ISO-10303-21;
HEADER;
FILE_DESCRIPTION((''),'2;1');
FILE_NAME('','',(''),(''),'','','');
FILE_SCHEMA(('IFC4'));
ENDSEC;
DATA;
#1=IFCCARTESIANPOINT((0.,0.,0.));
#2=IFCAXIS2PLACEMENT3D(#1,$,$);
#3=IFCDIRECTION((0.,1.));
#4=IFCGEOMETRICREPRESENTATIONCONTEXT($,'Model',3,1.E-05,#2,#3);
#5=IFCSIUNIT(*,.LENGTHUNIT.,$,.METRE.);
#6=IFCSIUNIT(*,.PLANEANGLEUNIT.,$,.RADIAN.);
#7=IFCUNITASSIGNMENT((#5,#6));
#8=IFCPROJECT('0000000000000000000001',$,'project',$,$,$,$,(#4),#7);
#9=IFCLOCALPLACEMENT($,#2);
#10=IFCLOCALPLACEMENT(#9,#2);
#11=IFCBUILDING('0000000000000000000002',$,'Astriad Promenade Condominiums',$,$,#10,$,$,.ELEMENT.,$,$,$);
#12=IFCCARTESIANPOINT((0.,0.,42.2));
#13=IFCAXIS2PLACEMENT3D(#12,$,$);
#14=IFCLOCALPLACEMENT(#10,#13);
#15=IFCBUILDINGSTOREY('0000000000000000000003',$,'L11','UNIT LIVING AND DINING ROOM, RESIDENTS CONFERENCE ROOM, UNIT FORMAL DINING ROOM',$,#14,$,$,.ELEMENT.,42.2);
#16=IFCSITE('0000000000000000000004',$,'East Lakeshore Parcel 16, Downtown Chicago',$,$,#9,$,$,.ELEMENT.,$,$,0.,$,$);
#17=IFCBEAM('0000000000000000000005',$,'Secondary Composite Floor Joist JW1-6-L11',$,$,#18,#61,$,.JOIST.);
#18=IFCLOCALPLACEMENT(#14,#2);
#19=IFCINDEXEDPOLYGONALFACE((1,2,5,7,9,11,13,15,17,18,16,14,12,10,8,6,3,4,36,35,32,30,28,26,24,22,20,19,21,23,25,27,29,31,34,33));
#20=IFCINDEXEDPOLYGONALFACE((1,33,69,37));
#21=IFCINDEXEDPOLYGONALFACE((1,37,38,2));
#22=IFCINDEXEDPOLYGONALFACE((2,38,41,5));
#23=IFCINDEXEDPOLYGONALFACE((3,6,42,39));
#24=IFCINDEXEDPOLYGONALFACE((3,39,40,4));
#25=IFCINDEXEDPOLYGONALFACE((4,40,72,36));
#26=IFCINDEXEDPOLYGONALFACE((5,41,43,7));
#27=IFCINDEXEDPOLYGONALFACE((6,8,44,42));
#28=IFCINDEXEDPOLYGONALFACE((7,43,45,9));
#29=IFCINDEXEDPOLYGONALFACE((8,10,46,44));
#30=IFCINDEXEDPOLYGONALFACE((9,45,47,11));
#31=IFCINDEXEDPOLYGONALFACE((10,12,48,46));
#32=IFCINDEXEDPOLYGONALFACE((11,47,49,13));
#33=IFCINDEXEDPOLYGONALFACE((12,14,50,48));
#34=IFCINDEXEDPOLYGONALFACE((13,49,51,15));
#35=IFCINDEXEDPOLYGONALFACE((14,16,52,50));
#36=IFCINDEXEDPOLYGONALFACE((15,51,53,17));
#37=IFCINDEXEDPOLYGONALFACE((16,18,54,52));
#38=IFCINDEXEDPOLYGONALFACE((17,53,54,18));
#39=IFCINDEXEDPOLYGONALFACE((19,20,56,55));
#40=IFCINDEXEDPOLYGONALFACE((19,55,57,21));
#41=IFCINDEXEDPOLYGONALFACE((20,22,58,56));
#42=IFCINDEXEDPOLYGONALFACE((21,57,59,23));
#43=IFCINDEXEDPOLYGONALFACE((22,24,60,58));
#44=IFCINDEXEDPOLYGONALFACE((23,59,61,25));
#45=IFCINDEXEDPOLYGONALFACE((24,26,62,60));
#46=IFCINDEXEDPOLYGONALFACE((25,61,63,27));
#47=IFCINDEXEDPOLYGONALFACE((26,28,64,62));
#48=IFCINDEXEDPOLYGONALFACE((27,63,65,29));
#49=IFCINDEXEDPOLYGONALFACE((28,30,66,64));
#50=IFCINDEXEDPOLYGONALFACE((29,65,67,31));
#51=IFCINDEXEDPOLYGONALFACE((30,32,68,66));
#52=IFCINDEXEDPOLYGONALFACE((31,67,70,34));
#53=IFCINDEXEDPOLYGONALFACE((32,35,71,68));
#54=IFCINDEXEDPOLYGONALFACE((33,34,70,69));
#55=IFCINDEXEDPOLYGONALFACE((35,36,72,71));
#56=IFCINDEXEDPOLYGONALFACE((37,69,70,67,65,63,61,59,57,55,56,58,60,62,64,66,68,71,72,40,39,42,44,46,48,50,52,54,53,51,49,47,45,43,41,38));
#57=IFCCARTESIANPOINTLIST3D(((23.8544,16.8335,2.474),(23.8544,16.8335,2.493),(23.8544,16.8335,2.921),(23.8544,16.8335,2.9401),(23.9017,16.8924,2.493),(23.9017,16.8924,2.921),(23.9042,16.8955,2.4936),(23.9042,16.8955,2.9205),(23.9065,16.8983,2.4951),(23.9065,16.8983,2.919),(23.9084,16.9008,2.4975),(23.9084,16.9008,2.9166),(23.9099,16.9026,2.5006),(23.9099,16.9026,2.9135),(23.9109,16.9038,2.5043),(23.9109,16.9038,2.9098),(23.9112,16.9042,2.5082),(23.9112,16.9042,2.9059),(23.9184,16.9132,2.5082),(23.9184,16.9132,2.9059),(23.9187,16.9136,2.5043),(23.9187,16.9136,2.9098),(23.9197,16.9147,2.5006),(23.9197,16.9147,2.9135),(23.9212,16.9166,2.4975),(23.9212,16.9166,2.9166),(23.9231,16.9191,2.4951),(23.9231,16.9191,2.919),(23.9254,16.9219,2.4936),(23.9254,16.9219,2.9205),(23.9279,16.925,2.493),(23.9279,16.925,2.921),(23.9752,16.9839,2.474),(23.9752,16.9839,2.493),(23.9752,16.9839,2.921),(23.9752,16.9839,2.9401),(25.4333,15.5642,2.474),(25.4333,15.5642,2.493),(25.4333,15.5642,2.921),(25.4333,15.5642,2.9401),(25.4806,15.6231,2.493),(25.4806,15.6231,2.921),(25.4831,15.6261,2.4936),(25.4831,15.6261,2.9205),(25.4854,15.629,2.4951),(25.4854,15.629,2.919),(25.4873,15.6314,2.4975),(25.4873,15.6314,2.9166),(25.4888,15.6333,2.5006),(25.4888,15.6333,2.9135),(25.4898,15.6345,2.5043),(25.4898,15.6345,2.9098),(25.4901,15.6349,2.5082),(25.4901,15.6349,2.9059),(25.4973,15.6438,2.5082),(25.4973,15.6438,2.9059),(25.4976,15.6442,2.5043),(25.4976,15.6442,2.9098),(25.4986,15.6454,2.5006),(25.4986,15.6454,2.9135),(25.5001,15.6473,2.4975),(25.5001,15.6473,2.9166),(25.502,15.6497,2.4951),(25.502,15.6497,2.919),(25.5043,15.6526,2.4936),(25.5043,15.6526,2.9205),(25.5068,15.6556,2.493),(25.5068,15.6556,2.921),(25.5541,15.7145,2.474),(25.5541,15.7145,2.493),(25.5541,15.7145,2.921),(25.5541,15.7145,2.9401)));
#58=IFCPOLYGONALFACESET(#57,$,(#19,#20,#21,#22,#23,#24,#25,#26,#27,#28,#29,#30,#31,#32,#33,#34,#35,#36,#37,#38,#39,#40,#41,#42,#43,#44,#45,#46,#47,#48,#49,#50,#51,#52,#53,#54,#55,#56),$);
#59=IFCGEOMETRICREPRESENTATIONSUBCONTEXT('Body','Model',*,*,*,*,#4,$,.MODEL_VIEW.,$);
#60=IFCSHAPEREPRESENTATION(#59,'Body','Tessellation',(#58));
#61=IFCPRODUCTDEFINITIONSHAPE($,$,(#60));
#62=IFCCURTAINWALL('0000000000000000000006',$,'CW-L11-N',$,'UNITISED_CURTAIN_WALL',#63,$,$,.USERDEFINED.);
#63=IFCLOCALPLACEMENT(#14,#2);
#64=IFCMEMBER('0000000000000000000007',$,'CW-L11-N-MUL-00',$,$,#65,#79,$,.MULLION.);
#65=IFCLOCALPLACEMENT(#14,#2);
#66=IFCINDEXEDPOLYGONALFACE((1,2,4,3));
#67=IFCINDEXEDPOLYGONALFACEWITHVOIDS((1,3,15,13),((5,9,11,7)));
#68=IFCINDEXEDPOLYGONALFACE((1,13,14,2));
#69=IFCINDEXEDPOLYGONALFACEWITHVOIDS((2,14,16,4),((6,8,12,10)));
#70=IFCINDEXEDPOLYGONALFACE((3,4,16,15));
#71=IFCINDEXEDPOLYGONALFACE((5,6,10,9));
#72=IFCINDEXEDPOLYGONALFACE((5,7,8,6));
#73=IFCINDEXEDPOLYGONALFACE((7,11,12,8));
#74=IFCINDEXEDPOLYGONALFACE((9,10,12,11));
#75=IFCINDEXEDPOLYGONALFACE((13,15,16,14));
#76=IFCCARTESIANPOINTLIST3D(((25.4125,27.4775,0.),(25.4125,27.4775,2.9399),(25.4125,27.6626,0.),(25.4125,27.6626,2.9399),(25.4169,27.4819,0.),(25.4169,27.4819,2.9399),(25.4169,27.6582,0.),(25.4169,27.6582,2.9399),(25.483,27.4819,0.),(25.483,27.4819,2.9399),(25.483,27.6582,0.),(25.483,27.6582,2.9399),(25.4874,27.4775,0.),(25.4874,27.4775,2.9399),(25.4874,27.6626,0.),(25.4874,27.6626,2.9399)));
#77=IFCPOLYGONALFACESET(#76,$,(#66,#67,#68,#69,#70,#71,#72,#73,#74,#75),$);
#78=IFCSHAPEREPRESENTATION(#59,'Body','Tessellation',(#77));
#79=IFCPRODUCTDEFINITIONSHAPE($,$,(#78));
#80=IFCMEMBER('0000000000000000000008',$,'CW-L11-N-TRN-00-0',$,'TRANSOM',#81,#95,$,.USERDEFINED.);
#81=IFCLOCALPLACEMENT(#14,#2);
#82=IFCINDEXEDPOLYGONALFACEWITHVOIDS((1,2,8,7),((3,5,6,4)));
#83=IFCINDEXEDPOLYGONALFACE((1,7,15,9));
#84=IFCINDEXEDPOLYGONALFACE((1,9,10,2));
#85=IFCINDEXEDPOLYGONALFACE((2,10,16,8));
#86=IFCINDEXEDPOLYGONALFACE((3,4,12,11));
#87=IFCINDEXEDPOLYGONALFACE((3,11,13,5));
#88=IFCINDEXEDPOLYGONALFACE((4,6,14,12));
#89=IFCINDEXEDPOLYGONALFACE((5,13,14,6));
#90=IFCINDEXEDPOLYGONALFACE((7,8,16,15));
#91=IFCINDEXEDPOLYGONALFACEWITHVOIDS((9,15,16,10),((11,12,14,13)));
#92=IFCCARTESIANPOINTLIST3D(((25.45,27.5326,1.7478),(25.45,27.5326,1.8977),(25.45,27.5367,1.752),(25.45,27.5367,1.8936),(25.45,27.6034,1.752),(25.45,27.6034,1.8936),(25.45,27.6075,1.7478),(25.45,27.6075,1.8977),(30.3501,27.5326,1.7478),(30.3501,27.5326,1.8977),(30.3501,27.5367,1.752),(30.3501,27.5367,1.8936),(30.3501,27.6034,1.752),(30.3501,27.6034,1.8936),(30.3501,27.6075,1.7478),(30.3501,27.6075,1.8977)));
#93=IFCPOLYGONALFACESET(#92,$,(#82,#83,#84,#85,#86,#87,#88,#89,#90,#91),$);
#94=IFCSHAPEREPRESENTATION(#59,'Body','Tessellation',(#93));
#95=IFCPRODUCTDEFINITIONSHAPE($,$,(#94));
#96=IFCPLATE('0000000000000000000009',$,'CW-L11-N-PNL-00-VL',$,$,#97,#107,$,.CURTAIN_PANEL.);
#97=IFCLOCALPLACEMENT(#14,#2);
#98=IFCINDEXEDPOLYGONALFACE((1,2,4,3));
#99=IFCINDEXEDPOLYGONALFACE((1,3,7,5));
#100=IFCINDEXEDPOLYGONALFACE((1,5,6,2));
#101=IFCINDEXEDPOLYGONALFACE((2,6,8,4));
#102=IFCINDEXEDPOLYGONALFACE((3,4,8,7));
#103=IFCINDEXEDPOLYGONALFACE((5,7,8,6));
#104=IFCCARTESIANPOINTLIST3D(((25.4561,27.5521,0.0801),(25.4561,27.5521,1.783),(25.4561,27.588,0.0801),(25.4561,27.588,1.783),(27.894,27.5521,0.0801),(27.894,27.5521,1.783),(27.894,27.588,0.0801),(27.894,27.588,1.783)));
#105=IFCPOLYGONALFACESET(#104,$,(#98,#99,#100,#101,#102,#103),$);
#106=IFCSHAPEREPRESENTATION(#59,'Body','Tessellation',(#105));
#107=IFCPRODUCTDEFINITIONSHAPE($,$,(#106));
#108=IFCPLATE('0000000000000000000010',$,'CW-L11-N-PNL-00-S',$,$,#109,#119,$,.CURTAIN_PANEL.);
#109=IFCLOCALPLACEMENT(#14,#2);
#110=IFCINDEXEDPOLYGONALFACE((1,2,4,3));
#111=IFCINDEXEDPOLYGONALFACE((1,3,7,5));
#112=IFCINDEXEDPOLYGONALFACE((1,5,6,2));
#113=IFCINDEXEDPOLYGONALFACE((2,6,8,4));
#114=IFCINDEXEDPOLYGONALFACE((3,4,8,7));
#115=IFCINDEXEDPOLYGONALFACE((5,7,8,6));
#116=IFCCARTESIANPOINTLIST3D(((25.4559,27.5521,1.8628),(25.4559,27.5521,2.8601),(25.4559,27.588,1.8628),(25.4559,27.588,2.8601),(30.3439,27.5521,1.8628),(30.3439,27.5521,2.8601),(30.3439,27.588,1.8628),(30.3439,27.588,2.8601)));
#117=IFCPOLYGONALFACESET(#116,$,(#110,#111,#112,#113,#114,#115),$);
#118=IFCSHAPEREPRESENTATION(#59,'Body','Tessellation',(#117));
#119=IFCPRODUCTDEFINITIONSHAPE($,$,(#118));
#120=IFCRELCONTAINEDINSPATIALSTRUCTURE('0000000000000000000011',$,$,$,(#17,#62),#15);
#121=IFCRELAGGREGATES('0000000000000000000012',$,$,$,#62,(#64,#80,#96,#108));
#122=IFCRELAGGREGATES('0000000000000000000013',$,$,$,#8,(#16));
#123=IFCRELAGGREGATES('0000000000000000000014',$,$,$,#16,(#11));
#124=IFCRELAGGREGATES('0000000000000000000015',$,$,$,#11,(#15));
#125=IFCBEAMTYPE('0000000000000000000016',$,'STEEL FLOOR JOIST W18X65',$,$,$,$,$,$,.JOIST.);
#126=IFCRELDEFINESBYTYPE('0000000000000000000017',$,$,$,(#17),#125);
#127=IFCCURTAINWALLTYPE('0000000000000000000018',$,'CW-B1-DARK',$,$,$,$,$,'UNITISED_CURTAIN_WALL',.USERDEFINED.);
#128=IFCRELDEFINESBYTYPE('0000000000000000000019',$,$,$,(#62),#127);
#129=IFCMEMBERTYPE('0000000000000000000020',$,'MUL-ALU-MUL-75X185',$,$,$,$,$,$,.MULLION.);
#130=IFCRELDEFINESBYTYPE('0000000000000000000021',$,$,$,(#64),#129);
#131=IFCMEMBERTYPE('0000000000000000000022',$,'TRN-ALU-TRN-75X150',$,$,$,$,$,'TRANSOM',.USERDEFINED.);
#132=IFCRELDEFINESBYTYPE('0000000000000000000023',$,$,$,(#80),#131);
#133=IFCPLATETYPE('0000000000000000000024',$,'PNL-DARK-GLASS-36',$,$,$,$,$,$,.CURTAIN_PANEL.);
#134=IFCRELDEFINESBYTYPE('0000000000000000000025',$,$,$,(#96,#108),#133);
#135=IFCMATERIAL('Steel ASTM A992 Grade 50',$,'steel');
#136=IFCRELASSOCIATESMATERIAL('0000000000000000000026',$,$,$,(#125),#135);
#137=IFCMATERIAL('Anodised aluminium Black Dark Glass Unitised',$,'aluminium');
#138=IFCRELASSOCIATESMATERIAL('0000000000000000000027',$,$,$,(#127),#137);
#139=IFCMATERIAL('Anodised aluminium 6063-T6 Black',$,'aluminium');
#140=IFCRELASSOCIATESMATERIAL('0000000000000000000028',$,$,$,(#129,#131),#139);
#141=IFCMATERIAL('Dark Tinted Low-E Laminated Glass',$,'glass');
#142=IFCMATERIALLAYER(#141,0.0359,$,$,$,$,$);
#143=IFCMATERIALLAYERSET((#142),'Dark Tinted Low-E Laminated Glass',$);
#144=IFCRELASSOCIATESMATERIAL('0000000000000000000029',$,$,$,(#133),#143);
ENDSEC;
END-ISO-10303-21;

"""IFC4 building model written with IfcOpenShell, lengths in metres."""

from ifc_helpers import new_model, si_unit, direction, frame, origin, origin_2d, place, context, subcontext, project, spatial, rectangle, hollow_rectangle, i_section, extrude, source, transform, mapped, material, layer, layer_set, material_profile, profile_set, type_object, type_shapes, element, aggregate, save


model = new_model("IFC4")

# Units and contexts
model_context = context("Model", 3, precision=1e-05, world=origin(), true_north=direction((0.0, 1.0)))
body_context = subcontext(model_context, "Body", "Model", "MODEL_VIEW")
ifc_project = project(units=[si_unit("LENGTHUNIT", "METRE"), si_unit("PLANEANGLEUNIT", "RADIAN")], contexts=[model_context])

# Site, building, storey
site_placement = place(None, origin())
site = spatial("IfcSite", under=ifc_project, at=site_placement, Name="East Lakeshore Parcel 16, Downtown Chicago", CompositionType="ELEMENT", RefElevation=0.0)
building_placement = place(site_placement, origin())
building = spatial("IfcBuilding", under=site, at=building_placement, Name="Astriad Promenade Condominiums", CompositionType="ELEMENT")
storey_placement = place(building_placement, frame((0.0, 0.0, 42.2)))
storey = spatial("IfcBuildingStorey", under=building, at=storey_placement, Name="L11", Description="UNIT LIVING AND DINING ROOM, RESIDENTS CONFERENCE ROOM, UNIT FORMAL DINING ROOM", CompositionType="ELEMENT", Elevation=42.2)

# Shared definitions
ifc_material_1 = material(Name="Steel ASTM A992 Grade 50", Category="steel")

# Beam
ifc_material_profile_1 = material_profile(ifc_material_1, i_section(OverallWidth=0.1929, OverallDepth=0.4661, WebThickness=0.0115, FlangeThickness=0.019, FilletRadius=0.0151, at=origin_2d()), Name="W18X65")
ifc_profile_set_1 = profile_set([ifc_material_profile_1], Name="Steel ASTM A992 Grade 50")
beam_type_1 = type_object("IfcBeamType", Name="STEEL FLOOR JOIST W18X65", PredefinedType="JOIST", material=ifc_profile_set_1)
shared_shape_1 = source(origin(), body_context, "Body", "SweptSolid", [
    extrude(i_section(OverallWidth=0.1929, OverallDepth=0.4661, WebThickness=0.0115, FlangeThickness=0.019, FilletRadius=0.0151, at=origin_2d()), origin(), (0.0, 0.0, 1.0), 2.0259),
])
type_shapes(beam_type_1, [shared_shape_1])
beam_1_placement = place(storey_placement, frame((23.9148, 16.9087, 2.707), z_axis=(0.779373, -0.62656, 0.0), x_axis=(0.62656, 0.779373, 0.0)))
element("IfcBeam", 1, at=beam_1_placement, inside=storey, type_object=beam_type_1, Name="Secondary Composite Floor Joist JW1-6-L11", PredefinedType="JOIST", context=body_context, shape_type="MappedRepresentation", body=[
    mapped(shared_shape_1, transform((0.0, 0.0, 0.0), scale=1.0)),
])

# Curtain wall, members, plates
ifc_material_2 = material(Name="Anodised aluminium Black Dark Glass Unitised", Category="aluminium")
curtain_wall_type = type_object("IfcCurtainWallType", Name="CW-B1-DARK", ElementType="UNITISED_CURTAIN_WALL", PredefinedType="USERDEFINED", material=ifc_material_2)
curtain_wall_placement = place(storey_placement, origin())
curtain_wall = element("IfcCurtainWall", 2, at=curtain_wall_placement, inside=storey, type_object=curtain_wall_type, Name="CW-L11-N", ObjectType="UNITISED_CURTAIN_WALL", PredefinedType="USERDEFINED")
ifc_material_3 = material(Name="Anodised aluminium 6063-T6 Black", Category="aluminium")
ifc_material_profile_2 = material_profile(ifc_material_3, hollow_rectangle(XDim=0.075, YDim=0.1851, WallThickness=0.0044, at=origin_2d()), Name="ALU-MUL-75X185")
ifc_profile_set_2 = profile_set([ifc_material_profile_2], Name="Anodised aluminium 6063-T6 Black")
member_type_1 = type_object("IfcMemberType", Name="MUL-ALU-MUL-75X185", PredefinedType="MULLION", material=ifc_profile_set_2)
shared_shape_2 = source(origin(), body_context, "Body", "SweptSolid", [
    extrude(hollow_rectangle(XDim=0.075, YDim=0.1851, WallThickness=0.0044, at=origin_2d()), origin(), (0.0, 0.0, 1.0), 2.9399),
])
type_shapes(member_type_1, [shared_shape_2])
member_1_placement = place(storey_placement, frame((25.45, 27.5701, 0.0), z_axis=(0.0, 0.0, 1.0), x_axis=(1.0, 0.0, 0.0)))
member_1 = element("IfcMember", 3, at=member_1_placement, type_object=member_type_1, Name="CW-L11-N-MUL-00", PredefinedType="MULLION", context=body_context, shape_type="MappedRepresentation", body=[
    mapped(shared_shape_2, transform((0.0, 0.0, 0.0), scale=1.0)),
])
ifc_material_profile_3 = material_profile(ifc_material_3, hollow_rectangle(XDim=0.075, YDim=0.1499, WallThickness=0.0042, at=origin_2d()), Name="ALU-TRN-75X150")
ifc_profile_set_3 = profile_set([ifc_material_profile_3], Name="Anodised aluminium 6063-T6 Black")
member_type_2 = type_object("IfcMemberType", Name="TRN-ALU-TRN-75X150", ElementType="TRANSOM", PredefinedType="USERDEFINED", material=ifc_profile_set_3)
shared_shape_3 = source(origin(), body_context, "Body", "SweptSolid", [
    extrude(hollow_rectangle(XDim=0.075, YDim=0.1499, WallThickness=0.0042, at=origin_2d()), origin(), (0.0, 0.0, 1.0), 4.9001),
])
type_shapes(member_type_2, [shared_shape_3])
member_2_placement = place(storey_placement, frame((25.45, 27.5701, 1.8228), z_axis=(1.0, 0.0, 0.0), x_axis=(0.0, 1.0, 0.0)))
member_2 = element("IfcMember", 4, at=member_2_placement, type_object=member_type_2, Name="CW-L11-N-TRN-00-0", ObjectType="TRANSOM", PredefinedType="USERDEFINED", context=body_context, shape_type="MappedRepresentation", body=[
    mapped(shared_shape_3, transform((0.0, 0.0, 0.0), scale=1.0)),
])
ifc_material_4 = material(Name="Dark Tinted Low-E Laminated Glass", Category="glass")
ifc_layer_1 = layer(ifc_material_4, 0.0359)
ifc_layer_set_1 = layer_set([ifc_layer_1], Name="Dark Tinted Low-E Laminated Glass")
plate_type = type_object("IfcPlateType", Name="PNL-DARK-GLASS-36", PredefinedType="CURTAIN_PANEL", material=ifc_layer_set_1)
shared_shape_4 = source(origin(), body_context, "Body", "SweptSolid", [
    extrude(rectangle(XDim=2.438, YDim=0.0359, at=origin_2d()), origin(), (0.0, 0.0, 1.0), 1.7029),
])
plate_1_placement = place(storey_placement, frame((26.675, 27.5701, 0.0801), z_axis=(0.0, 0.0, 1.0), x_axis=(1.0, 0.0, 0.0)))
plate_1 = element("IfcPlate", 5, at=plate_1_placement, type_object=plate_type, Name="CW-L11-N-PNL-00-VL", PredefinedType="CURTAIN_PANEL", context=body_context, shape_type="MappedRepresentation", body=[
    mapped(shared_shape_4, transform((0.0, 0.0, 0.0), scale=1.0)),
])
shared_shape_5 = source(origin(), body_context, "Body", "SweptSolid", [
    extrude(rectangle(XDim=4.8879, YDim=0.0359, at=origin_2d()), origin(), (0.0, 0.0, 1.0), 0.9973),
])
type_shapes(plate_type, [shared_shape_4, shared_shape_5])
plate_2_placement = place(storey_placement, frame((27.8999, 27.5701, 1.8628), z_axis=(0.0, 0.0, 1.0), x_axis=(1.0, 0.0, 0.0)))
plate_2 = element("IfcPlate", 6, at=plate_2_placement, type_object=plate_type, Name="CW-L11-N-PNL-00-S", PredefinedType="CURTAIN_PANEL", context=body_context, shape_type="MappedRepresentation", body=[
    mapped(shared_shape_5, transform((0.0, 0.0, 0.0), scale=1.0)),
])
aggregate(curtain_wall, [member_1, member_2, plate_1, plate_2])

save(model, "model.ifc")
